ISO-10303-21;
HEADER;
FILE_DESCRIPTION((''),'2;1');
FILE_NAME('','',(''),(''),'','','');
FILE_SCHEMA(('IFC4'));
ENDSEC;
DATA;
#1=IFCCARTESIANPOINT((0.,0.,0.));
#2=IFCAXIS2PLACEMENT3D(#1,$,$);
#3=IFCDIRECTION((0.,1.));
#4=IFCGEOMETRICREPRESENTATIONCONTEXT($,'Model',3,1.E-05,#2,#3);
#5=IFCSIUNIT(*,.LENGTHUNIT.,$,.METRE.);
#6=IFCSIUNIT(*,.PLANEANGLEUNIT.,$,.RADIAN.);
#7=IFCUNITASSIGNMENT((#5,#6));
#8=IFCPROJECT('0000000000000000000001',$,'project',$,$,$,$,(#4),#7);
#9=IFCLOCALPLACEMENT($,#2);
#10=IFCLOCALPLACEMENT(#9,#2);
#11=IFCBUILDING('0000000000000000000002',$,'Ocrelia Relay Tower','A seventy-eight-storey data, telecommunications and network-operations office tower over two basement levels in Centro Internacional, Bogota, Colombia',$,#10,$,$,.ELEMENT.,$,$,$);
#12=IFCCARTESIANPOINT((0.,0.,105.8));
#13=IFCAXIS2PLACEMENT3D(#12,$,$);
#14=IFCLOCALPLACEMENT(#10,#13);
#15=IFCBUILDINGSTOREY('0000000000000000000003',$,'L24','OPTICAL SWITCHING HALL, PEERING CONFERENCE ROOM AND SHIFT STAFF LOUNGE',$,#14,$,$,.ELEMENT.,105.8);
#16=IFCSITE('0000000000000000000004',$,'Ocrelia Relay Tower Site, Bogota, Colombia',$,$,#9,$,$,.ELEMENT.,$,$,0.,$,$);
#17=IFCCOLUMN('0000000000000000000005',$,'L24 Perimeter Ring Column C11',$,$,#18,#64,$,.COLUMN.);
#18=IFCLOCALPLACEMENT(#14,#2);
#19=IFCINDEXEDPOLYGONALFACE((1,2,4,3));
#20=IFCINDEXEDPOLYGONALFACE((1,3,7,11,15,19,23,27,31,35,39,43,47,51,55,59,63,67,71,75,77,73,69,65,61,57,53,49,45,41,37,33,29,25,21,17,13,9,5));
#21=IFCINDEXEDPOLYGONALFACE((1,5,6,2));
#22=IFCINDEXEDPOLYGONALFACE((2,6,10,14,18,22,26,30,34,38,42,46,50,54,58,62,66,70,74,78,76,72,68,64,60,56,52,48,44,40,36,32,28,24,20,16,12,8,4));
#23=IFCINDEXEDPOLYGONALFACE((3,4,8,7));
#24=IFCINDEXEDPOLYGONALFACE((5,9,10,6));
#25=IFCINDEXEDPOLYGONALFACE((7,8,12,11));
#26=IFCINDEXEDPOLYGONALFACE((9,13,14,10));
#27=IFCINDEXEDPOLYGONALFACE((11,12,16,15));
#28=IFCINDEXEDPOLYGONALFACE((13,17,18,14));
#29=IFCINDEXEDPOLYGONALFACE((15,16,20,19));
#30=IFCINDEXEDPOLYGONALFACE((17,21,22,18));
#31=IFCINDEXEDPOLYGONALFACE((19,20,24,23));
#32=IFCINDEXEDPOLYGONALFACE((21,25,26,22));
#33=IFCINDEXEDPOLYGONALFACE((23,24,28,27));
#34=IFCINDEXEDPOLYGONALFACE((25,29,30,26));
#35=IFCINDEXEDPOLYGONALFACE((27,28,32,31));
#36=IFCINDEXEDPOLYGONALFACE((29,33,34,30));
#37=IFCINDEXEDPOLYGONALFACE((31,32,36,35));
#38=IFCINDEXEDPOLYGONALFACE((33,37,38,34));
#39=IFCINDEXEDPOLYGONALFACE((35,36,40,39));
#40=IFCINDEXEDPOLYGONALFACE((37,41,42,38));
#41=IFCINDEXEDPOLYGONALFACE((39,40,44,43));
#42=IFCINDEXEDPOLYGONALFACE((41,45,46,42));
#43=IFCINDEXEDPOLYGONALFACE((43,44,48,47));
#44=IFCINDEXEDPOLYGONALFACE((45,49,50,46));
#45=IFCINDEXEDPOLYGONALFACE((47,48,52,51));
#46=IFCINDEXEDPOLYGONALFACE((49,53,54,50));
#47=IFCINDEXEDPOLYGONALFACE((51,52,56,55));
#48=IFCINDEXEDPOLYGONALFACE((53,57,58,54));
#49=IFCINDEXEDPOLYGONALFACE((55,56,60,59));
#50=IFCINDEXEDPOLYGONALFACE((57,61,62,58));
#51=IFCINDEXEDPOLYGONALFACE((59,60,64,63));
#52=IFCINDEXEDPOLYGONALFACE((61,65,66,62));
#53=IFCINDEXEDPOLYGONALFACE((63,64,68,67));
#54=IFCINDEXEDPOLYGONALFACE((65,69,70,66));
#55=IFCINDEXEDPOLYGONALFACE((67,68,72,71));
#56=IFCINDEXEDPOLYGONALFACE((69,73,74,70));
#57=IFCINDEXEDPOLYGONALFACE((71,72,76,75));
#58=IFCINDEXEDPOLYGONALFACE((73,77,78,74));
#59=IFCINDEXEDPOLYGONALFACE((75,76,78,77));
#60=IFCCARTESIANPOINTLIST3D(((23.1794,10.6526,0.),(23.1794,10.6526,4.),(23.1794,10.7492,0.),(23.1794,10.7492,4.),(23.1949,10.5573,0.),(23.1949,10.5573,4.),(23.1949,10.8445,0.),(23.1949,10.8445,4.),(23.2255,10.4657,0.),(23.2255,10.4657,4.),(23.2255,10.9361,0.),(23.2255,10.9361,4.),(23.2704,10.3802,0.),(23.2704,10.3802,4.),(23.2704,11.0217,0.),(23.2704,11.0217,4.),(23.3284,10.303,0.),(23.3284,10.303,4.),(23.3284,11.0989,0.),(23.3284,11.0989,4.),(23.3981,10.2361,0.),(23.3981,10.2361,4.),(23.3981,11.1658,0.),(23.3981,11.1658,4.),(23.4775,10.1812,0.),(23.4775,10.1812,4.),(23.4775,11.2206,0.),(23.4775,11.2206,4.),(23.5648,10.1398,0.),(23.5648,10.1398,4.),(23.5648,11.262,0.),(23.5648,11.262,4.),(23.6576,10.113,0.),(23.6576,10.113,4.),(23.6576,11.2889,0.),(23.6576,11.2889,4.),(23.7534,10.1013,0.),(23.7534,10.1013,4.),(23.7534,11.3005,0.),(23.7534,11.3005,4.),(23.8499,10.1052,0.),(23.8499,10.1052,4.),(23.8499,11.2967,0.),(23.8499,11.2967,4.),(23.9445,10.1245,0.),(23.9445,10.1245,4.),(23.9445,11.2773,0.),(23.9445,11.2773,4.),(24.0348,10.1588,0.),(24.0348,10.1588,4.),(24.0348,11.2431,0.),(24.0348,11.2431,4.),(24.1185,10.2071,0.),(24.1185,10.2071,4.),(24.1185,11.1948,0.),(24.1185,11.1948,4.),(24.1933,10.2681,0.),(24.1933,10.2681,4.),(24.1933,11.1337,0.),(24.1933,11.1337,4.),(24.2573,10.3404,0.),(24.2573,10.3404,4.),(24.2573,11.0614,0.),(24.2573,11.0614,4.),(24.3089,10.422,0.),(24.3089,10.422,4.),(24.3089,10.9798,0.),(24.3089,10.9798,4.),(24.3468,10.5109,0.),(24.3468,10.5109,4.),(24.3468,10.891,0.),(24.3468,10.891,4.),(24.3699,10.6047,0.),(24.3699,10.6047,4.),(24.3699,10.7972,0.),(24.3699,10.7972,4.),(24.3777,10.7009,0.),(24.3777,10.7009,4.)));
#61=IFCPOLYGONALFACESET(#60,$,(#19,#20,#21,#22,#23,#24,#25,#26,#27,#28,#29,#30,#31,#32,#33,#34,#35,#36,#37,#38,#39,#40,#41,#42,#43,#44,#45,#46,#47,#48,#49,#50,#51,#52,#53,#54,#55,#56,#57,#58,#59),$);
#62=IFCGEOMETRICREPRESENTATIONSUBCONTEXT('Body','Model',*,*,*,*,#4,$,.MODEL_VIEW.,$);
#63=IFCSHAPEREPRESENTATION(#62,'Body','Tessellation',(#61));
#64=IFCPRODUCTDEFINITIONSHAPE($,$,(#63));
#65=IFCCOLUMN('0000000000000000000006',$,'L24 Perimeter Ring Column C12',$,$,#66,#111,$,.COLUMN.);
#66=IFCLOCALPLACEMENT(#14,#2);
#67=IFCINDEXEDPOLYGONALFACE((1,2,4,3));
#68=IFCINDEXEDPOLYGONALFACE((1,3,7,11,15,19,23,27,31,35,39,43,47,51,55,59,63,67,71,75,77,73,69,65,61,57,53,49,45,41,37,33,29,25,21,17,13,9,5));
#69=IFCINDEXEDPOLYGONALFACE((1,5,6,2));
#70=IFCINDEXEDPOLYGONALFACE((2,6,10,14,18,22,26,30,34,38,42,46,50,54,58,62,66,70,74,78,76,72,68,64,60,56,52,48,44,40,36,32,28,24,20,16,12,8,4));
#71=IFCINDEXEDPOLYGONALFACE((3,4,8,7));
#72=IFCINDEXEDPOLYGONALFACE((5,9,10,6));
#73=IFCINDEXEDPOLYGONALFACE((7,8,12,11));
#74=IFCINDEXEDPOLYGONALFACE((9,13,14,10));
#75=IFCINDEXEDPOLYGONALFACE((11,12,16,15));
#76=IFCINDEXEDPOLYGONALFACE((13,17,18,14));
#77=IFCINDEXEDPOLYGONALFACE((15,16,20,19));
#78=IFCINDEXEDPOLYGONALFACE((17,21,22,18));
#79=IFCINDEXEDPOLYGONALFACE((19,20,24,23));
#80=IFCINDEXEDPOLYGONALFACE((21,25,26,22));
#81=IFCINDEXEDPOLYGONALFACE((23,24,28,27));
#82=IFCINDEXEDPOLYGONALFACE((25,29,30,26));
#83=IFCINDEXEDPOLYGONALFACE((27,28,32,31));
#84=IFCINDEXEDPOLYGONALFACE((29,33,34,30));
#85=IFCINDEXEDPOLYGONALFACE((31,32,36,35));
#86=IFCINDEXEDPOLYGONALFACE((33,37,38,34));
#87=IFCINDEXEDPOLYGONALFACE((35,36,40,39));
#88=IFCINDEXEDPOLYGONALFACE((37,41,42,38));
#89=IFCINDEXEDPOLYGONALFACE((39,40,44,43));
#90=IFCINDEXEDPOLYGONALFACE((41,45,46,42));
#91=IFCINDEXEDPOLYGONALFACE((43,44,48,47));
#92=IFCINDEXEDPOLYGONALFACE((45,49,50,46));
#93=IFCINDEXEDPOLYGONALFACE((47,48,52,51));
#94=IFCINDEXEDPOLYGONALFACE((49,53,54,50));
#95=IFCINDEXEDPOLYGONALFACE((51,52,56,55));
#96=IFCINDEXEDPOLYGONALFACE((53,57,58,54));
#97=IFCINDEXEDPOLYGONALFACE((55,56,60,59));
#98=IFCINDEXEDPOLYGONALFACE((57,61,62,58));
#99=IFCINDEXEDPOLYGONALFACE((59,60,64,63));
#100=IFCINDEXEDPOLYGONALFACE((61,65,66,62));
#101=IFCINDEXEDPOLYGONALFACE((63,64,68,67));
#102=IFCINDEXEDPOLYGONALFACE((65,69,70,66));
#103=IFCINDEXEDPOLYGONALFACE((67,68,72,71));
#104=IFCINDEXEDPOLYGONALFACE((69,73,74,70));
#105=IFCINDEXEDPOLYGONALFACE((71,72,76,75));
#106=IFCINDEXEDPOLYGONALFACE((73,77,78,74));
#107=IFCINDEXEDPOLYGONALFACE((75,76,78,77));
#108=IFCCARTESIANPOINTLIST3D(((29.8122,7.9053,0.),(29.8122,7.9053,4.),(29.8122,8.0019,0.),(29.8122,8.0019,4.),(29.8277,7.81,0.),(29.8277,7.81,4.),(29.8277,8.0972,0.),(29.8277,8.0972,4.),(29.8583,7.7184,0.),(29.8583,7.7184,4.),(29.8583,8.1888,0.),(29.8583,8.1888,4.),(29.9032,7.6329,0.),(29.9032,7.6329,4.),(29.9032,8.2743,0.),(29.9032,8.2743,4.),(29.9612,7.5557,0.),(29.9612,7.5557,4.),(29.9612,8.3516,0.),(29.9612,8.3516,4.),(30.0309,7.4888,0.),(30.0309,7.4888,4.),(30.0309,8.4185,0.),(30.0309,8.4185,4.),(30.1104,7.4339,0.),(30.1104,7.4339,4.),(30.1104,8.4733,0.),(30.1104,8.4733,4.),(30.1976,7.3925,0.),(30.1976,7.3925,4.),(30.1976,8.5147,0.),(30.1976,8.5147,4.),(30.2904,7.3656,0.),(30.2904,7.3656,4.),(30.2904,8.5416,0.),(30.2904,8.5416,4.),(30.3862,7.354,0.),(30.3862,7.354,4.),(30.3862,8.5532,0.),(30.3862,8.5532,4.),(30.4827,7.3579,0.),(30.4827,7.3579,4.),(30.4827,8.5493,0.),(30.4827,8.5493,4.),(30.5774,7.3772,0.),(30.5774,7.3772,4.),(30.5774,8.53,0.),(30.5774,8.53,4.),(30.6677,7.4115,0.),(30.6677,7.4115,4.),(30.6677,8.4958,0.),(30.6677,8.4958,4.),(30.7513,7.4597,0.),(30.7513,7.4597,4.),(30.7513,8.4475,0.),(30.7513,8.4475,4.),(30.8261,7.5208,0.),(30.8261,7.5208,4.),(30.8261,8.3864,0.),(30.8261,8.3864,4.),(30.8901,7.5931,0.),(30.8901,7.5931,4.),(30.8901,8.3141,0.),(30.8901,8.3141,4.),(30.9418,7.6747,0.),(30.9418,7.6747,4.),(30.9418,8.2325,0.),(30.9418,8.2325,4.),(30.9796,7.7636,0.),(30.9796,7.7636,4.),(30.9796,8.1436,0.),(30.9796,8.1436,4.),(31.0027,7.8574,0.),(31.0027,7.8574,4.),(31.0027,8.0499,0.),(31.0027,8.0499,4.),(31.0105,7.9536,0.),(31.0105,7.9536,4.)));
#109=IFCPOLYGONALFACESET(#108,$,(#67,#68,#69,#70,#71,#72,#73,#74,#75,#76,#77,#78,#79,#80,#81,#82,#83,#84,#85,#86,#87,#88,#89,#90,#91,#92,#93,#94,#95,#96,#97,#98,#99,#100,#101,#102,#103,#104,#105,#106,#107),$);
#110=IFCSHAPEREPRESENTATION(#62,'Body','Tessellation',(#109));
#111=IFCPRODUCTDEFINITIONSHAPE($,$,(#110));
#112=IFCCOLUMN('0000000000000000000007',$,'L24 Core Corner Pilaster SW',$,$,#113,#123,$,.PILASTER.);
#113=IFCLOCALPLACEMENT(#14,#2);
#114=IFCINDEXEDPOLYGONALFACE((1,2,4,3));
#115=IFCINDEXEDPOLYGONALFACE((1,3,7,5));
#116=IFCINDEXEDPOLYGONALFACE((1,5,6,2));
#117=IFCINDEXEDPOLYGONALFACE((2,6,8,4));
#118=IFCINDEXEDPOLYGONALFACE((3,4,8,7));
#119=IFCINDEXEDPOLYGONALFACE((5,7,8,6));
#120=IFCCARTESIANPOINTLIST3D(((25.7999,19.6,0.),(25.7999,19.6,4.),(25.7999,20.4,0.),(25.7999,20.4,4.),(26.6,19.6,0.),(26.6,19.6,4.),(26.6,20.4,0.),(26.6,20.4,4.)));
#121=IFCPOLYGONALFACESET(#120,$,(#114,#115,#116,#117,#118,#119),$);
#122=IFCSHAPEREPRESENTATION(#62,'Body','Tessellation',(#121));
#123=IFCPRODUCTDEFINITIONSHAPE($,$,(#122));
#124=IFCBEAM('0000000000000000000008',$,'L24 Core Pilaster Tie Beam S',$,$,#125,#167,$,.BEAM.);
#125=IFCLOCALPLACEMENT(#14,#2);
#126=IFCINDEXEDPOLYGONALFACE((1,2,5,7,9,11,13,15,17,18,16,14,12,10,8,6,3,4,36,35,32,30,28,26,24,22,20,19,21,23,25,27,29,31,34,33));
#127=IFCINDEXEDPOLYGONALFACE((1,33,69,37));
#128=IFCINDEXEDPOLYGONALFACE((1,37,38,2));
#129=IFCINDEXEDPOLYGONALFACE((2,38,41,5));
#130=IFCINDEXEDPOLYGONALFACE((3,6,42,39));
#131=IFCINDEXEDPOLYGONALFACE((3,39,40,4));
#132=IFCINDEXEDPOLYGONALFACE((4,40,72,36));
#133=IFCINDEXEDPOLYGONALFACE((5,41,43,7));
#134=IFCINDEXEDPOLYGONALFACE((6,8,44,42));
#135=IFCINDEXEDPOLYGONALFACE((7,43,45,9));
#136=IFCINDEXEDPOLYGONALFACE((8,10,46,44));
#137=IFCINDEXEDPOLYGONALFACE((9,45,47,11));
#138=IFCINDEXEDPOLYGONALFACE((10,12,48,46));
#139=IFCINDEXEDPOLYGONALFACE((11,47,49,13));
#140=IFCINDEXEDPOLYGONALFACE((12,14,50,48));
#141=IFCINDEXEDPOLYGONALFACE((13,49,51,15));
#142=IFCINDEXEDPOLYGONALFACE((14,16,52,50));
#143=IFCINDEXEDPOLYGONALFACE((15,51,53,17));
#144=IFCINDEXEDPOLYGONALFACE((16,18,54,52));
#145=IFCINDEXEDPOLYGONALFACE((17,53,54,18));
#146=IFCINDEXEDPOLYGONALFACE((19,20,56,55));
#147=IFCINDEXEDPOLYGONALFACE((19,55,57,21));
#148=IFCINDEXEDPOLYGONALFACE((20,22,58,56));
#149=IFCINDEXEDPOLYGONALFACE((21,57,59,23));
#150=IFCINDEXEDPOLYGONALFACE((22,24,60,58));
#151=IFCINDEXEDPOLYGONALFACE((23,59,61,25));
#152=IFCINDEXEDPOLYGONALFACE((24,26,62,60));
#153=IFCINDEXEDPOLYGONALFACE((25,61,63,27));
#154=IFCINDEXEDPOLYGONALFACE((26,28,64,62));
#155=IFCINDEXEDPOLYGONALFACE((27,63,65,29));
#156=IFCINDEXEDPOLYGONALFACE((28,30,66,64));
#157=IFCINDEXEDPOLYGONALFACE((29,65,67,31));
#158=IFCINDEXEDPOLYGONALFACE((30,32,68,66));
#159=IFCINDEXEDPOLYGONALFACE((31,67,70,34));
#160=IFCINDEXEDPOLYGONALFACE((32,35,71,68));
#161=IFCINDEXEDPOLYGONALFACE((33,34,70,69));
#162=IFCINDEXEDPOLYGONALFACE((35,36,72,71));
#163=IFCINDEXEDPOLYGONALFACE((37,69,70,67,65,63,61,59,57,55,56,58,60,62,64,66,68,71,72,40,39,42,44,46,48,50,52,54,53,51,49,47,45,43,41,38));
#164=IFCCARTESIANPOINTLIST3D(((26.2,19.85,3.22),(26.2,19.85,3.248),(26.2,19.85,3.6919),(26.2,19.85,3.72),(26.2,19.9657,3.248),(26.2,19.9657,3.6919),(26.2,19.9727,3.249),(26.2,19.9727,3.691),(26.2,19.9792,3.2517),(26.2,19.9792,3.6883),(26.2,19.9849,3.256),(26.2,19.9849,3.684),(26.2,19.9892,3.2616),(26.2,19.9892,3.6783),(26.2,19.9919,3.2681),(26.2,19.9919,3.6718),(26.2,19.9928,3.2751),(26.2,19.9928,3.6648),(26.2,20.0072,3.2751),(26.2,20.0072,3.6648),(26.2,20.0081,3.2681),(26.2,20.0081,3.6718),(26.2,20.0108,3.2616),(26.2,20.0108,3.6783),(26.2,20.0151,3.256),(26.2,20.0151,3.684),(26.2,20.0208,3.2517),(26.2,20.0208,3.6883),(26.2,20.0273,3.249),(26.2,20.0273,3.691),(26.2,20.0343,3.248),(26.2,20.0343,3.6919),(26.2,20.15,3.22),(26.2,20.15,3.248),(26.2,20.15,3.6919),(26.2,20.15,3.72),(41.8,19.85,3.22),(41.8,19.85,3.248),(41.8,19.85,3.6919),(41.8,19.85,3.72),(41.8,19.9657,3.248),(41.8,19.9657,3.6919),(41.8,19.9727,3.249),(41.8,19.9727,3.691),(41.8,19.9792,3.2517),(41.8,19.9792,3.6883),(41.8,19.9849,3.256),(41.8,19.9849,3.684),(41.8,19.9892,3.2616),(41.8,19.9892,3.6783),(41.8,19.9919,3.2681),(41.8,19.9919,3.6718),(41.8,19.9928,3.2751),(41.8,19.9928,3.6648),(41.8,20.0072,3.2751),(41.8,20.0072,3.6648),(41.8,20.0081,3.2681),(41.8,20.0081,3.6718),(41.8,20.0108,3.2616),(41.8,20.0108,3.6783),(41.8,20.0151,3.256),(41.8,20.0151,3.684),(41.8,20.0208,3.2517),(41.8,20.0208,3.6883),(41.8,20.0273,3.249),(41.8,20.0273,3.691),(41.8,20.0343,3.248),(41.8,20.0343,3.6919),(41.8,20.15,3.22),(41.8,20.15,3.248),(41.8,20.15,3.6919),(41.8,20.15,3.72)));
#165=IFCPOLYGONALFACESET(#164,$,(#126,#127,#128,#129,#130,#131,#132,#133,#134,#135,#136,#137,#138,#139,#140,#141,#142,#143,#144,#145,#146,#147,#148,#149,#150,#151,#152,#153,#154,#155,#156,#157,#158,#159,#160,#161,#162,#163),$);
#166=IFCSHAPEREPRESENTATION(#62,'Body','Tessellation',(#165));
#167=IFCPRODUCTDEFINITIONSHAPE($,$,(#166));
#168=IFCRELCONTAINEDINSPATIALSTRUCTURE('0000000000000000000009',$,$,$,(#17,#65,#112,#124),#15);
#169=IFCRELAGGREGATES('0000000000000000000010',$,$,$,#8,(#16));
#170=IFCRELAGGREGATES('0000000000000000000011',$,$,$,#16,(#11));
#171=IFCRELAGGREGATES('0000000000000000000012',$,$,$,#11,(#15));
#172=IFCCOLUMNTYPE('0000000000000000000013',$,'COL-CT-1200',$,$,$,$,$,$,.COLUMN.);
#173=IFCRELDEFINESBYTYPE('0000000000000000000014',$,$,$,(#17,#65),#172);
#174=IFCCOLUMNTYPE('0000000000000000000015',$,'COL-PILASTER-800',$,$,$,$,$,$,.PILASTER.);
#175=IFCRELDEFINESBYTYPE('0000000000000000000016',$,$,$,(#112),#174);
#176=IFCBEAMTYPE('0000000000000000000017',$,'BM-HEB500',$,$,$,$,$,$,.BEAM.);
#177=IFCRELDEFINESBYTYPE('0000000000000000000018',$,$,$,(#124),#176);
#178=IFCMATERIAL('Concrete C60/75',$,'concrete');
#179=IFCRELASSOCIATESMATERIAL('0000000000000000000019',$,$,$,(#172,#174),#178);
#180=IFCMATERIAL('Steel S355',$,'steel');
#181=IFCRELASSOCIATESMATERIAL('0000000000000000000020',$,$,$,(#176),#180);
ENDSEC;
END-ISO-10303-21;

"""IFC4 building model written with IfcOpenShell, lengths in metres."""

from ifc_helpers import new_model, si_unit, direction, frame, origin, origin_2d, place, context, subcontext, project, spatial, rectangle, circle, i_section, extrude, material, material_profile, profile_set, type_object, element, save


model = new_model("IFC4")

# Units and contexts
model_context = context("Model", 3, precision=1e-05, world=origin(), true_north=direction((0.0, 1.0)))
body_context = subcontext(model_context, "Body", "Model", "MODEL_VIEW")
ifc_project = project(units=[si_unit("LENGTHUNIT", "METRE"), si_unit("PLANEANGLEUNIT", "RADIAN")], contexts=[model_context])

# Site, building, storey
site_placement = place(None, origin())
site = spatial("IfcSite", under=ifc_project, at=site_placement, Name="Ocrelia Relay Tower Site, Bogota, Colombia", CompositionType="ELEMENT", RefElevation=0.0)
building_placement = place(site_placement, origin())
building = spatial("IfcBuilding", under=site, at=building_placement, Name="Ocrelia Relay Tower", Description="A seventy-eight-storey data, telecommunications and network-operations office tower over two basement levels in Centro Internacional, Bogota, Colombia", CompositionType="ELEMENT")
storey_placement = place(building_placement, frame((0.0, 0.0, 105.8)))
storey = spatial("IfcBuildingStorey", under=building, at=storey_placement, Name="L24", Description="OPTICAL SWITCHING HALL, PEERING CONFERENCE ROOM AND SHIFT STAFF LOUNGE", CompositionType="ELEMENT", Elevation=105.8)

# Columns
ifc_material_1 = material(Name="Concrete C60/75", Category="concrete")
ifc_material_profile_1 = material_profile(ifc_material_1, circle(Radius=0.6001, at=origin_2d()), Name="RC-CIR-1200")
ifc_profile_set_1 = profile_set([ifc_material_profile_1], Name="Concrete C60/75")
column_type_1 = type_object("IfcColumnType", Name="COL-CT-1200", PredefinedType="COLUMN", material=ifc_profile_set_1)
for number, where, z_axis, x_axis, name in (
    (1, (23.7776, 10.7009, 0.0), (0.0, 0.0, 1.0), (1.0, 0.0, 0.0), "L24 Perimeter Ring Column C11"),
    (2, (30.4104, 7.9536, 0.0), (0.0, 0.0, 1.0), (1.0, 0.0, 0.0), "L24 Perimeter Ring Column C12"),
):
    element("IfcColumn", number, at=place(storey_placement, frame(where, z_axis=z_axis, x_axis=x_axis)), inside=storey, type_object=column_type_1, Name=name, PredefinedType="COLUMN", context=body_context, shape_type="SweptSolid", body=[
        extrude(circle(Radius=0.6001, at=origin_2d()), origin(), (0.0, 0.0, 1.0), 4.0),
    ])
ifc_material_profile_2 = material_profile(ifc_material_1, rectangle(XDim=0.8, YDim=0.8, at=origin_2d()), Name="RC-COL-800x800")
ifc_profile_set_2 = profile_set([ifc_material_profile_2], Name="Concrete C60/75")
column_type_2 = type_object("IfcColumnType", Name="COL-PILASTER-800", PredefinedType="PILASTER", material=ifc_profile_set_2)
column_placement = place(storey_placement, frame((26.2, 20.0, 0.0), z_axis=(0.0, 0.0, 1.0), x_axis=(1.0, 0.0, 0.0)))
element("IfcColumn", 3, at=column_placement, inside=storey, type_object=column_type_2, Name="L24 Core Corner Pilaster SW", PredefinedType="PILASTER", context=body_context, shape_type="SweptSolid", body=[
    extrude(rectangle(XDim=0.8, YDim=0.8, at=origin_2d()), origin(), (0.0, 0.0, 1.0), 4.0),
])

# Beam
ifc_material_2 = material(Name="Steel S355", Category="steel")
ifc_material_profile_3 = material_profile(ifc_material_2, i_section(OverallWidth=0.3, OverallDepth=0.5, WebThickness=0.0144, FlangeThickness=0.0281, FilletRadius=0.0271, at=origin_2d()), Name="HEB 500")
ifc_profile_set_3 = profile_set([ifc_material_profile_3], Name="Steel S355")
beam_type_1 = type_object("IfcBeamType", Name="BM-HEB500", PredefinedType="BEAM", material=ifc_profile_set_3)
beam_1_placement = place(storey_placement, frame((26.2, 20.0, 3.47), z_axis=(1.0, 0.0, 0.0), x_axis=(0.0, 1.0, 0.0)))
element("IfcBeam", 4, at=beam_1_placement, inside=storey, type_object=beam_type_1, Name="L24 Core Pilaster Tie Beam S", PredefinedType="BEAM", context=body_context, shape_type="SweptSolid", body=[
    extrude(i_section(OverallWidth=0.3, OverallDepth=0.5, WebThickness=0.0144, FlangeThickness=0.0281, FilletRadius=0.0271, at=origin_2d()), origin(), (0.0, 0.0, 1.0), 15.6001),
])

save(model, "model.ifc")
